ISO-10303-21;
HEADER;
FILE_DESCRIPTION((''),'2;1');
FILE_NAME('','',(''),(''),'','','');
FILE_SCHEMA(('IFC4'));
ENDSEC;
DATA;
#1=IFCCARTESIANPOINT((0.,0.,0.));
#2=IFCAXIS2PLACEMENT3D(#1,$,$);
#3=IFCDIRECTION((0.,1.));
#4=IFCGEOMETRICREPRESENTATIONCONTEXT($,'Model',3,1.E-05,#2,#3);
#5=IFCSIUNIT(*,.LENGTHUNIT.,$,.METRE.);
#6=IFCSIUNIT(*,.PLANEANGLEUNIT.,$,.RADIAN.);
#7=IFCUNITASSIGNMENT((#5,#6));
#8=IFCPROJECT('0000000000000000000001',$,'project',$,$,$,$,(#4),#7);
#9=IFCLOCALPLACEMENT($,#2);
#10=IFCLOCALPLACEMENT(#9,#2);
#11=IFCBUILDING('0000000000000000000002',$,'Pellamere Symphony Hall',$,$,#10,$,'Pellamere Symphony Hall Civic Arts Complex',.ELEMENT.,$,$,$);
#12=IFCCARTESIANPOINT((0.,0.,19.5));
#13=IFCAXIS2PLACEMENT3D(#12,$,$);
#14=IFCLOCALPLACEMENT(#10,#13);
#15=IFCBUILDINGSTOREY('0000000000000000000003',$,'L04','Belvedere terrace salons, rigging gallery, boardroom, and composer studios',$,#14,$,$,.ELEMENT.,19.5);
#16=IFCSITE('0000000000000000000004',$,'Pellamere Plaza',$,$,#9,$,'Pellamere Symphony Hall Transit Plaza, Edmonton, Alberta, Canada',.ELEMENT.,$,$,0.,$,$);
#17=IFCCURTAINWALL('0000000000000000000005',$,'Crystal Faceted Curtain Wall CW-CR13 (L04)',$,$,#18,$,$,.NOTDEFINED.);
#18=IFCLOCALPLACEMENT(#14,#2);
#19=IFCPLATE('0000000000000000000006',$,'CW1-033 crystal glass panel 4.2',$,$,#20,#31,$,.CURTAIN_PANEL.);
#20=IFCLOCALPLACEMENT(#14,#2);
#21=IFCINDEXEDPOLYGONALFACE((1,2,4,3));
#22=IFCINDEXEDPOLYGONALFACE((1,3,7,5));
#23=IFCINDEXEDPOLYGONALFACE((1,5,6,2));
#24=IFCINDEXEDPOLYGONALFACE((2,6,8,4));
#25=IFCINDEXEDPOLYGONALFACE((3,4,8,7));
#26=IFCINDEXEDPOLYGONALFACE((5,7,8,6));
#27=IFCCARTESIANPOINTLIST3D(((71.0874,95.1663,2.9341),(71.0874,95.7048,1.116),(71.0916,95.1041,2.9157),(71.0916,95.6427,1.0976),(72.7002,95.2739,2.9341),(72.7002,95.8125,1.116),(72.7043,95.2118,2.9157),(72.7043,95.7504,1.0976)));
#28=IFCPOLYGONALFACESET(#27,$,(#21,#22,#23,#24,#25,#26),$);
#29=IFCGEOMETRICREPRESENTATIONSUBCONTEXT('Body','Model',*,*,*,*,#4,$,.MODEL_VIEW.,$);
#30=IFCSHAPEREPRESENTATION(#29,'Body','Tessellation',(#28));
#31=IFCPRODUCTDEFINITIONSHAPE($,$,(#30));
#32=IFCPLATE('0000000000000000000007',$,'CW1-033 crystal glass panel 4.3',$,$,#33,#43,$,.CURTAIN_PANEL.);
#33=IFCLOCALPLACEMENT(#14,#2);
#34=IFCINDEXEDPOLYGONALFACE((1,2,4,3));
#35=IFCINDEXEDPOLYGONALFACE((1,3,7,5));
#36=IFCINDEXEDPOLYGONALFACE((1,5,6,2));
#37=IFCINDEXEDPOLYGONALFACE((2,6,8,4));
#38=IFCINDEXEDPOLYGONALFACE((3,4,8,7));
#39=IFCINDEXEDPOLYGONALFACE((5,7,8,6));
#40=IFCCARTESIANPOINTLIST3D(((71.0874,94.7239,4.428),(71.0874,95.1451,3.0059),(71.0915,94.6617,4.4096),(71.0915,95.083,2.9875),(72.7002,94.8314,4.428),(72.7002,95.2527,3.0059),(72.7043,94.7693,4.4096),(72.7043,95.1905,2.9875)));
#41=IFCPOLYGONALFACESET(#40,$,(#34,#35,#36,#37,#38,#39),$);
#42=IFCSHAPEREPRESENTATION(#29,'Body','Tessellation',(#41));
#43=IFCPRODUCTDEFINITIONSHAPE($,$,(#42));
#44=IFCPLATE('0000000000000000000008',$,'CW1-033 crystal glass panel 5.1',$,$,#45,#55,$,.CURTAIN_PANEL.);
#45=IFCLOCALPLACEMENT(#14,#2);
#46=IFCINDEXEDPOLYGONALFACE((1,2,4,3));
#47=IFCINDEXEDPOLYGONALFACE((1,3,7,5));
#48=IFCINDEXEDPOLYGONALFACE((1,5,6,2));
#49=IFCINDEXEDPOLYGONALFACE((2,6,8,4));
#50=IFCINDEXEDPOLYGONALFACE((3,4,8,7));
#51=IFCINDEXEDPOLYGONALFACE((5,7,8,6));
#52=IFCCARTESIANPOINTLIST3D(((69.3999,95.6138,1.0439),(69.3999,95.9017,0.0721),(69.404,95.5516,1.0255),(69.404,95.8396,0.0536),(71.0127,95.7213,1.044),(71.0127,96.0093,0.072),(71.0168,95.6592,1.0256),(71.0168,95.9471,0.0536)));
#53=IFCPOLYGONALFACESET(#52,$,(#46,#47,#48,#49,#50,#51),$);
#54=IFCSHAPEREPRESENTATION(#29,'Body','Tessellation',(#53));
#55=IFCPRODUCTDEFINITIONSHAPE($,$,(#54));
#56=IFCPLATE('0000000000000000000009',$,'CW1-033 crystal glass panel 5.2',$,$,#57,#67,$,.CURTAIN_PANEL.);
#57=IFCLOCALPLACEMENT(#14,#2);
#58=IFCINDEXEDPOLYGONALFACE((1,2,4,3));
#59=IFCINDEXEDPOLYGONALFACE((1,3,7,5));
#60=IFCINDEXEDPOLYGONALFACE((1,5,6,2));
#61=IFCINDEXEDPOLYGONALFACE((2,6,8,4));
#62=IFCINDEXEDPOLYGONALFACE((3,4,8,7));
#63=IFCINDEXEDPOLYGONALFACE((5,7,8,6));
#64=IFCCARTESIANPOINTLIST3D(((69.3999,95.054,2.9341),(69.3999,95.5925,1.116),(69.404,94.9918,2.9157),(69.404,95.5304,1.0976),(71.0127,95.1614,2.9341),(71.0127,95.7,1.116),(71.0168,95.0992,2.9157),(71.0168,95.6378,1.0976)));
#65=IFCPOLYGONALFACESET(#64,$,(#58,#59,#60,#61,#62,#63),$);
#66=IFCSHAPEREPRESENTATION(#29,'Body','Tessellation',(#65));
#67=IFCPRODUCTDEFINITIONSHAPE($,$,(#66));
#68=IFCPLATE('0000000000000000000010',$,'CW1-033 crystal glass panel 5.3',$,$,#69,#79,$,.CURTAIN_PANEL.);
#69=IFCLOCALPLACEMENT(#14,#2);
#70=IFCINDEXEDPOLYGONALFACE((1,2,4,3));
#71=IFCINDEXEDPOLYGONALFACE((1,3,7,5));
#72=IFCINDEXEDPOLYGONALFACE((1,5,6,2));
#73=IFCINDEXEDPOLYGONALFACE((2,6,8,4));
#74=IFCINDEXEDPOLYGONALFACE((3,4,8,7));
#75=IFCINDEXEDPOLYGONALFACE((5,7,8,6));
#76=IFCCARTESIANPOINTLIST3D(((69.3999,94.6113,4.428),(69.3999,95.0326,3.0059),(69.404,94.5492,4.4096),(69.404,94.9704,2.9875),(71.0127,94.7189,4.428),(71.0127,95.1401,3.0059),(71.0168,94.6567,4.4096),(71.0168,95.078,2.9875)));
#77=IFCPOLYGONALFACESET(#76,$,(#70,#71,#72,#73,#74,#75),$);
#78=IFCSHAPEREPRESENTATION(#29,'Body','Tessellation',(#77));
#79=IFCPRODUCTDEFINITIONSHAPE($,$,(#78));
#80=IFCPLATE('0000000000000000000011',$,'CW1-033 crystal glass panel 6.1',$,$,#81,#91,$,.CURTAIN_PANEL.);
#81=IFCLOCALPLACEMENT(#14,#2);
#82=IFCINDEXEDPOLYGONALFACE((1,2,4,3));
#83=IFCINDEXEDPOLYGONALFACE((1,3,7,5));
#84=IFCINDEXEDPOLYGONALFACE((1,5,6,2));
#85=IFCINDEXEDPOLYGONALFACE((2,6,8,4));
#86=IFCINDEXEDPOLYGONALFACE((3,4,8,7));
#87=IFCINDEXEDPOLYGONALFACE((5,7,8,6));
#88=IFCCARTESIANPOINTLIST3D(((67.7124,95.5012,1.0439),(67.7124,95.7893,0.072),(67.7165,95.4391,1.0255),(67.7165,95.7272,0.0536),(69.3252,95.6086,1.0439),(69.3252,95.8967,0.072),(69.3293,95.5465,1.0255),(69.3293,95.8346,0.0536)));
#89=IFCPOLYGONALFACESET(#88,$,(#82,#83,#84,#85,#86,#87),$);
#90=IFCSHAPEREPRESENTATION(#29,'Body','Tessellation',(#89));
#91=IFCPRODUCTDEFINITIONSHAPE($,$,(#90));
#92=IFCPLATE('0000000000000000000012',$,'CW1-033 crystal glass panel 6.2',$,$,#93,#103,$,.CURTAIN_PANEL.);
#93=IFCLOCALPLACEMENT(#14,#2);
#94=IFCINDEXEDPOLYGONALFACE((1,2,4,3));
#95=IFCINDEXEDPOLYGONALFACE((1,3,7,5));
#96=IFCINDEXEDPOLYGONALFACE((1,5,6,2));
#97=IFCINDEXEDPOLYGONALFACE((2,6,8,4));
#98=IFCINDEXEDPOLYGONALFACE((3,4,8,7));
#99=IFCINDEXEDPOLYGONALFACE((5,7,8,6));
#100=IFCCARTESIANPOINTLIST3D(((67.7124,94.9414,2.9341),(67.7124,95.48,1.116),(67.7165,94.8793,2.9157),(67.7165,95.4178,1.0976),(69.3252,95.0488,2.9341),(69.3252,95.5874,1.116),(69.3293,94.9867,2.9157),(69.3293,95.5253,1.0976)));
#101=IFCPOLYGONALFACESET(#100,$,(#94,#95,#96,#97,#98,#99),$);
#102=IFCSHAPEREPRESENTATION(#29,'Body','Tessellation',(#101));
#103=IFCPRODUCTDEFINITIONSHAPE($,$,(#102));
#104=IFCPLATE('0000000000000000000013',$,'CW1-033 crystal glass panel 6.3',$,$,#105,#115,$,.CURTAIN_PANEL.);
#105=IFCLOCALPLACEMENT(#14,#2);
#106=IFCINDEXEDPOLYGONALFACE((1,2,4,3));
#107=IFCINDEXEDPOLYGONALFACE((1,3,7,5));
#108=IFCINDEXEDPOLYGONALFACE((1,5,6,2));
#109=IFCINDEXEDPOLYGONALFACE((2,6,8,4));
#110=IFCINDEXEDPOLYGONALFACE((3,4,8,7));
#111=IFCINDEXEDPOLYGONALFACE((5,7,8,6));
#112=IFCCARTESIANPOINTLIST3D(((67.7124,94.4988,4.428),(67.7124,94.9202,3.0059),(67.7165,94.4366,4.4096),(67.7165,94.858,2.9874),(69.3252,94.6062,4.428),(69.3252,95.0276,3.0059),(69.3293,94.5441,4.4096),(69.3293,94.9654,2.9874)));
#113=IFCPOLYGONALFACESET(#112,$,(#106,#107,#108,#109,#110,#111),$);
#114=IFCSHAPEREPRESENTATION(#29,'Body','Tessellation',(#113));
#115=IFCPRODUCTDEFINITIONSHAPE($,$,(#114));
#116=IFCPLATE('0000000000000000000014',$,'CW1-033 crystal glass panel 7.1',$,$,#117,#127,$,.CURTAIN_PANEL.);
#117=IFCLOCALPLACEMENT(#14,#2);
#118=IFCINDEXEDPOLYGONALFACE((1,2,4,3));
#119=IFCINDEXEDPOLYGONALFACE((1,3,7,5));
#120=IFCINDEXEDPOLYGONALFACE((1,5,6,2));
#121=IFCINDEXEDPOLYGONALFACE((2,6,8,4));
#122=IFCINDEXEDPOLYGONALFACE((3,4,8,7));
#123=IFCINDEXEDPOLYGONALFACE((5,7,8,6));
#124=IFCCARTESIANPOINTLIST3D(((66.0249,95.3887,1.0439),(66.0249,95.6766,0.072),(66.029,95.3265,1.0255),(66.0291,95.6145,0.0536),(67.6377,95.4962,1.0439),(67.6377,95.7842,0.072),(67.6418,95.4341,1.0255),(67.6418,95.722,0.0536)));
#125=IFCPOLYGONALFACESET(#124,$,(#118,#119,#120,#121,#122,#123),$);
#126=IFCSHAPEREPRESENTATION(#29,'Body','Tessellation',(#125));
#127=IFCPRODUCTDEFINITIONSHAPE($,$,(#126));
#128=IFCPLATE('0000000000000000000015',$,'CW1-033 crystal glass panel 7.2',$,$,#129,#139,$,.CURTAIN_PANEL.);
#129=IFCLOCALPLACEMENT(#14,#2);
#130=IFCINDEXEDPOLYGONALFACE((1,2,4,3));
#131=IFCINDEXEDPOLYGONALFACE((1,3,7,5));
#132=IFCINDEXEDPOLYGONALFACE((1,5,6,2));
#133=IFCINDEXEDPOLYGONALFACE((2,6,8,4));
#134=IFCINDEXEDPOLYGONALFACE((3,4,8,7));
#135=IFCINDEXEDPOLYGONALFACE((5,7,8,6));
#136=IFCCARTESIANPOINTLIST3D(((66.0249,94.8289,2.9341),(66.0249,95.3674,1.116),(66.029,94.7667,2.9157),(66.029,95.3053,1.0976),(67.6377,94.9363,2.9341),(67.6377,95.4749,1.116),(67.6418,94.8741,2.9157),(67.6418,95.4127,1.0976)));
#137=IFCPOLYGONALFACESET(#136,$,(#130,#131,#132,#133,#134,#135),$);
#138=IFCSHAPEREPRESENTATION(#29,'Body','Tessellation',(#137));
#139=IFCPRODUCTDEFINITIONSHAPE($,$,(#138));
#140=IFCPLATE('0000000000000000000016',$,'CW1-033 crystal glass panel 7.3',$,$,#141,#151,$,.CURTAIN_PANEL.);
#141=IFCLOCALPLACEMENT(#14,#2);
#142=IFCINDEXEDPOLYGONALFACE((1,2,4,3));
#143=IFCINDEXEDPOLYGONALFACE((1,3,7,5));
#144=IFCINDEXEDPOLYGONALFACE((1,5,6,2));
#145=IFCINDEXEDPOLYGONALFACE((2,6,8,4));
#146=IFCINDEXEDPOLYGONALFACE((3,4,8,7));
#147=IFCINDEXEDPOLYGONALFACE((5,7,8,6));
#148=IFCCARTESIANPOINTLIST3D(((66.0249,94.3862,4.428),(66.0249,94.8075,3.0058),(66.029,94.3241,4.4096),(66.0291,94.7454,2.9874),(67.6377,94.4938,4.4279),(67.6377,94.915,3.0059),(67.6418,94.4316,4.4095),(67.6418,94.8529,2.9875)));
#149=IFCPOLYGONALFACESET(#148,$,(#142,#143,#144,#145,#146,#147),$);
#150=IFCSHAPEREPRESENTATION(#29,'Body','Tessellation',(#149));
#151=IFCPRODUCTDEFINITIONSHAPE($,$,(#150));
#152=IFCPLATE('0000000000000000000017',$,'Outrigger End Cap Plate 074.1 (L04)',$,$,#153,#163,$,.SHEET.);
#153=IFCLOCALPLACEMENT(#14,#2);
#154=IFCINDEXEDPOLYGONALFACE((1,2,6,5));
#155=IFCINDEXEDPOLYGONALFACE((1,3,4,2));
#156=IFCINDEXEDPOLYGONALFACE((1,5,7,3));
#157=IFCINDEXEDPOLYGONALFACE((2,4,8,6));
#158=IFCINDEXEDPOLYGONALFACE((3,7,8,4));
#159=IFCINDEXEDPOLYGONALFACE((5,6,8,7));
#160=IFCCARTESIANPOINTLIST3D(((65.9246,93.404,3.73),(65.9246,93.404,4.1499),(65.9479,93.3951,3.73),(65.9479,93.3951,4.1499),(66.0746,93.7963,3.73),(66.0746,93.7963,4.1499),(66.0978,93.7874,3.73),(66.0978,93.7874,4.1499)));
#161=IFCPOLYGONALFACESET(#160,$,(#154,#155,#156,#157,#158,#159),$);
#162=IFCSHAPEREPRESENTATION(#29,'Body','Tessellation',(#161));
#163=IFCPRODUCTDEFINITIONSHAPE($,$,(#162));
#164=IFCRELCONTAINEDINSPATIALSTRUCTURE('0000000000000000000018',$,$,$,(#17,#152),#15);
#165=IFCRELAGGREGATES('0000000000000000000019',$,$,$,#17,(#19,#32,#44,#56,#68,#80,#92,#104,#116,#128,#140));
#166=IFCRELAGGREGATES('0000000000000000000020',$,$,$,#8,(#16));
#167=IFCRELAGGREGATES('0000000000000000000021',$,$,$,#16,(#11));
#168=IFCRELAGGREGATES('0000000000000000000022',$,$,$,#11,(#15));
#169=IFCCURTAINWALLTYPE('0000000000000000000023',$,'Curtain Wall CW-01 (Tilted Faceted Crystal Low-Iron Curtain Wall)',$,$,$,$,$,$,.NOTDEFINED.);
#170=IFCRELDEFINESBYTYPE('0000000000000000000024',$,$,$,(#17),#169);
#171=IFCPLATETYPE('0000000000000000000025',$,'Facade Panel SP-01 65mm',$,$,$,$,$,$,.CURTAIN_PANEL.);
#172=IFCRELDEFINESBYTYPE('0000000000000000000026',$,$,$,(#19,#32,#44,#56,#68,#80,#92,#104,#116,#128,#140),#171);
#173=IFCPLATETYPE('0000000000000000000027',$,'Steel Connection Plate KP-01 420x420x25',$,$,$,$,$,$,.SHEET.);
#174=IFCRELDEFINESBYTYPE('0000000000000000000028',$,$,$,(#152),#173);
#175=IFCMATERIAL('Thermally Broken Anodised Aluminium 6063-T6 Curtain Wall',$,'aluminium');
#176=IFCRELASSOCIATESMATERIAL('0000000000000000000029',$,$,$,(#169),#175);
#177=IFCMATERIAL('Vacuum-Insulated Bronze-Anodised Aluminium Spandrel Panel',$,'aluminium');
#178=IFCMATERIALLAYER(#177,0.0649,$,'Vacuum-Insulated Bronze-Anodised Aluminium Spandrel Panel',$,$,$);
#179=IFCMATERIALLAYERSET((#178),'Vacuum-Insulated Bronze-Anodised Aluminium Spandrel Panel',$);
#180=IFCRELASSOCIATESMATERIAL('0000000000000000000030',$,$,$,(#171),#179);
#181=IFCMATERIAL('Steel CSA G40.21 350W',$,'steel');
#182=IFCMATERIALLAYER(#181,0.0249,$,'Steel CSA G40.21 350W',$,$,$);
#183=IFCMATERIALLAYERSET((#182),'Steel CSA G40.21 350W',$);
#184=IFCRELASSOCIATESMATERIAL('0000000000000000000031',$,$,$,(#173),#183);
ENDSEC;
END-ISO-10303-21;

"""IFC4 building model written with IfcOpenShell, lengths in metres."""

from ifc_helpers import new_model, si_unit, direction, frame, origin, origin_2d, place, context, subcontext, project, spatial, polyline, rectangle, outline, extrude, material, layer, layer_set, type_object, element, aggregate, save


model = new_model("IFC4")

# Units and contexts
model_context = context("Model", 3, precision=1e-05, world=origin(), true_north=direction((0.0, 1.0)))
body_context = subcontext(model_context, "Body", "Model", "MODEL_VIEW")
ifc_project = project(units=[si_unit("LENGTHUNIT", "METRE"), si_unit("PLANEANGLEUNIT", "RADIAN")], contexts=[model_context])

# Site, building, storey
site_placement = place(None, origin())
site = spatial("IfcSite", under=ifc_project, at=site_placement, Name="Pellamere Plaza", LongName="Pellamere Symphony Hall Transit Plaza, Edmonton, Alberta, Canada", CompositionType="ELEMENT", RefElevation=0.0)
building_placement = place(site_placement, origin())
building = spatial("IfcBuilding", under=site, at=building_placement, Name="Pellamere Symphony Hall", LongName="Pellamere Symphony Hall Civic Arts Complex", CompositionType="ELEMENT")
storey_placement = place(building_placement, frame((0.0, 0.0, 19.5)))
storey = spatial("IfcBuildingStorey", under=building, at=storey_placement, Name="L04", Description="Belvedere terrace salons, rigging gallery, boardroom, and composer studios", CompositionType="ELEMENT", Elevation=19.5)

# Curtain wall
ifc_material_1 = material(Name="Thermally Broken Anodised Aluminium 6063-T6 Curtain Wall", Category="aluminium")
curtain_wall_type = type_object("IfcCurtainWallType", Name="Curtain Wall CW-01 (Tilted Faceted Crystal Low-Iron Curtain Wall)", PredefinedType="NOTDEFINED", material=ifc_material_1)
curtain_wall_placement = place(storey_placement, origin())
curtain_wall = element("IfcCurtainWall", 1, at=curtain_wall_placement, inside=storey, type_object=curtain_wall_type, Name="Crystal Faceted Curtain Wall CW-CR13 (L04)", PredefinedType="NOTDEFINED")

# Shared definitions
ifc_material_2 = material(Name="Steel CSA G40.21 350W", Category="steel")

# Plates
ifc_material_3 = material(Name="Vacuum-Insulated Bronze-Anodised Aluminium Spandrel Panel", Category="aluminium")
ifc_layer_1 = layer(ifc_material_3, 0.0649, Name="Vacuum-Insulated Bronze-Anodised Aluminium Spandrel Panel")
ifc_layer_set_1 = layer_set([ifc_layer_1], Name="Vacuum-Insulated Bronze-Anodised Aluminium Spandrel Panel")
plate_type_1 = type_object("IfcPlateType", Name="Facade Panel SP-01 65mm", PredefinedType="CURTAIN_PANEL", material=ifc_layer_set_1)
plate_1_placement = place(storey_placement, frame((72.7002, 95.8125, 1.116), z_axis=(-0.063877, 0.956858, 0.283447), x_axis=(-0.997779, -0.066609, 0.0)))
plate_1 = element("IfcPlate", 2, at=plate_1_placement, type_object=plate_type_1, Name="CW1-033 crystal glass panel 4.2", PredefinedType="CURTAIN_PANEL", context=body_context, shape_type="SweptSolid", body=[
    extrude(outline(polyline([(0.0, 0.0), (1.6164, 0.0), (1.6523, 1.8959), (0.0359, 1.8959), (0.0, 0.0)])), origin(), (0.0, 0.0, -1.0), 0.0649),
])
plate_2_placement = place(storey_placement, frame((72.7002, 95.2527, 3.0059), z_axis=(-0.063805, 0.956863, 0.283445), x_axis=(-0.997784, -0.06654, 0.00002)))
plate_2 = element("IfcPlate", 3, at=plate_2_placement, type_object=plate_type_1, Name="CW1-033 crystal glass panel 4.3", PredefinedType="CURTAIN_PANEL", context=body_context, shape_type="SweptSolid", body=[
    extrude(outline(polyline([(0.0, 0.0), (1.6164, 0.0), (1.6444, 1.4829), (0.0281, 1.483), (0.0, 0.0)])), origin(), (0.0, 0.0, -1.0), 0.0649),
])
plate_3_placement = place(storey_placement, frame((71.0127, 96.0093, 0.072), z_axis=(-0.063804, 0.956848, 0.283497), x_axis=(-0.997784, -0.06654, 0.00002)))
plate_3 = element("IfcPlate", 4, at=plate_3_placement, type_object=plate_type_1, Name="CW1-033 crystal glass panel 5.1", PredefinedType="CURTAIN_PANEL", context=body_context, shape_type="SweptSolid", body=[
    extrude(outline(polyline([(0.0, 0.0), (1.6164, 0.0), (1.6356, 1.0135), (0.0192, 1.0135), (0.0, 0.0)])), origin(), (0.0, 0.0, -1.0), 0.0649),
])
plate_4_placement = place(storey_placement, frame((71.0127, 95.7, 1.116), z_axis=(-0.063733, 0.956867, 0.28345), x_axis=(-0.997789, -0.066459, 0.0)))
plate_4 = element("IfcPlate", 5, at=plate_4_placement, type_object=plate_type_1, Name="CW1-033 crystal glass panel 5.2", PredefinedType="CURTAIN_PANEL", context=body_context, shape_type="SweptSolid", body=[
    extrude(outline(polyline([(0.0, 0.0), (1.6164, 0.0), (1.6522, 1.8959), (0.0358, 1.8959), (0.0, 0.0)])), origin(), (0.0, 0.0, -1.0), 0.0649),
])
plate_5_placement = place(storey_placement, frame((71.0127, 95.1401, 3.0059), z_axis=(-0.063805, 0.956863, 0.283445), x_axis=(-0.997784, -0.06654, 0.00002)))
plate_5 = element("IfcPlate", 6, at=plate_5_placement, type_object=plate_type_1, Name="CW1-033 crystal glass panel 5.3", PredefinedType="CURTAIN_PANEL", context=body_context, shape_type="SweptSolid", body=[
    extrude(outline(polyline([(0.0, 0.0), (1.6164, 0.0), (1.6444, 1.4829), (0.0281, 1.483), (0.0, 0.0)])), origin(), (0.0, 0.0, -1.0), 0.0649),
])
plate_6_placement = place(storey_placement, frame((69.3252, 95.8967, 0.072), z_axis=(-0.06373, 0.95682, 0.283609), x_axis=(-0.997789, -0.066459, 0.0)))
plate_6 = element("IfcPlate", 7, at=plate_6_placement, type_object=plate_type_1, Name="CW1-033 crystal glass panel 6.1", PredefinedType="CURTAIN_PANEL", context=body_context, shape_type="SweptSolid", body=[
    extrude(outline(polyline([(0.0, 0.0), (1.6164, 0.0), (1.6355, 1.0135), (0.0191, 1.0135), (0.0, 0.0)])), origin(), (0.0, 0.0, -1.0), 0.0649),
])
plate_7_placement = place(storey_placement, frame((69.3252, 95.5874, 1.116), z_axis=(-0.063733, 0.956867, 0.28345), x_axis=(-0.997789, -0.066459, 0.0)))
plate_7 = element("IfcPlate", 8, at=plate_7_placement, type_object=plate_type_1, Name="CW1-033 crystal glass panel 6.2", PredefinedType="CURTAIN_PANEL", context=body_context, shape_type="SweptSolid", body=[
    extrude(outline(polyline([(0.0, 0.0), (1.6164, 0.0), (1.6522, 1.8959), (0.0358, 1.8959), (0.0, 0.0)])), origin(), (0.0, 0.0, -1.0), 0.0649),
])
plate_8_placement = place(storey_placement, frame((69.3252, 95.0276, 3.0059), z_axis=(-0.063732, 0.956846, 0.283522), x_axis=(-0.997789, -0.066459, 0.0)))
plate_8 = element("IfcPlate", 9, at=plate_8_placement, type_object=plate_type_1, Name="CW1-033 crystal glass panel 6.3", PredefinedType="CURTAIN_PANEL", context=body_context, shape_type="SweptSolid", body=[
    extrude(outline(polyline([(0.0, 0.0), (1.6164, 0.0), (1.6444, 1.483), (0.028, 1.483), (0.0, 0.0)])), origin(), (0.0, 0.0, -1.0), 0.0649),
])
plate_9_placement = place(storey_placement, frame((67.6377, 95.7842, 0.072), z_axis=(-0.063804, 0.956848, 0.283497), x_axis=(-0.997785, -0.066528, -0.00002)))
plate_9 = element("IfcPlate", 10, at=plate_9_placement, type_object=plate_type_1, Name="CW1-033 crystal glass panel 7.1", PredefinedType="CURTAIN_PANEL", context=body_context, shape_type="SweptSolid", body=[
    extrude(outline(polyline([(0.0, 0.0), (1.6164, 0.0), (1.6355, 1.0135), (0.0191, 1.0135), (0.0, 0.0)])), origin(), (0.0, 0.0, -1.0), 0.0649),
])
plate_10_placement = place(storey_placement, frame((67.6377, 95.4749, 1.116), z_axis=(-0.063733, 0.956867, 0.28345), x_axis=(-0.997789, -0.066459, 0.0)))
plate_10 = element("IfcPlate", 11, at=plate_10_placement, type_object=plate_type_1, Name="CW1-033 crystal glass panel 7.2", PredefinedType="CURTAIN_PANEL", context=body_context, shape_type="SweptSolid", body=[
    extrude(outline(polyline([(0.0, 0.0), (1.6164, 0.0), (1.6522, 1.8959), (0.0358, 1.8959), (0.0, 0.0)])), origin(), (0.0, 0.0, -1.0), 0.0649),
])
plate_11_placement = place(storey_placement, frame((67.6377, 94.915, 3.0059), z_axis=(-0.063805, 0.956863, 0.283445), x_axis=(-0.997785, -0.066528, -0.00002)))
plate_11 = element("IfcPlate", 12, at=plate_11_placement, type_object=plate_type_1, Name="CW1-033 crystal glass panel 7.3", PredefinedType="CURTAIN_PANEL", context=body_context, shape_type="SweptSolid", body=[
    extrude(outline(polyline([(0.0, 0.0), (1.6164, 0.0), (1.6444, 1.483), (0.028, 1.4829), (0.0, 0.0)])), origin(), (0.0, 0.0, -1.0), 0.0649),
])
aggregate(curtain_wall, [plate_1, plate_2, plate_3, plate_4, plate_5, plate_6, plate_7, plate_8, plate_9, plate_10, plate_11])
ifc_layer_2 = layer(ifc_material_2, 0.0249, Name="Steel CSA G40.21 350W")
ifc_layer_set_2 = layer_set([ifc_layer_2], Name="Steel CSA G40.21 350W")
plate_type_2 = type_object("IfcPlateType", Name="Steel Connection Plate KP-01 420x420x25", PredefinedType="SHEET", material=ifc_layer_set_2)
plate_12_placement = place(storey_placement, frame((66.0112, 93.5957, 3.73), z_axis=(0.0, 0.0, 1.0), x_axis=(-0.93408, 0.357064, 0.0)))
element("IfcPlate", 13, at=plate_12_placement, inside=storey, type_object=plate_type_2, Name="Outrigger End Cap Plate 074.1 (L04)", PredefinedType="SHEET", context=body_context, shape_type="SweptSolid", body=[
    extrude(rectangle(XDim=0.0249, YDim=0.4199, at=origin_2d()), origin(), (0.0, 0.0, 1.0), 0.4199),
])

save(model, "model.ifc")
